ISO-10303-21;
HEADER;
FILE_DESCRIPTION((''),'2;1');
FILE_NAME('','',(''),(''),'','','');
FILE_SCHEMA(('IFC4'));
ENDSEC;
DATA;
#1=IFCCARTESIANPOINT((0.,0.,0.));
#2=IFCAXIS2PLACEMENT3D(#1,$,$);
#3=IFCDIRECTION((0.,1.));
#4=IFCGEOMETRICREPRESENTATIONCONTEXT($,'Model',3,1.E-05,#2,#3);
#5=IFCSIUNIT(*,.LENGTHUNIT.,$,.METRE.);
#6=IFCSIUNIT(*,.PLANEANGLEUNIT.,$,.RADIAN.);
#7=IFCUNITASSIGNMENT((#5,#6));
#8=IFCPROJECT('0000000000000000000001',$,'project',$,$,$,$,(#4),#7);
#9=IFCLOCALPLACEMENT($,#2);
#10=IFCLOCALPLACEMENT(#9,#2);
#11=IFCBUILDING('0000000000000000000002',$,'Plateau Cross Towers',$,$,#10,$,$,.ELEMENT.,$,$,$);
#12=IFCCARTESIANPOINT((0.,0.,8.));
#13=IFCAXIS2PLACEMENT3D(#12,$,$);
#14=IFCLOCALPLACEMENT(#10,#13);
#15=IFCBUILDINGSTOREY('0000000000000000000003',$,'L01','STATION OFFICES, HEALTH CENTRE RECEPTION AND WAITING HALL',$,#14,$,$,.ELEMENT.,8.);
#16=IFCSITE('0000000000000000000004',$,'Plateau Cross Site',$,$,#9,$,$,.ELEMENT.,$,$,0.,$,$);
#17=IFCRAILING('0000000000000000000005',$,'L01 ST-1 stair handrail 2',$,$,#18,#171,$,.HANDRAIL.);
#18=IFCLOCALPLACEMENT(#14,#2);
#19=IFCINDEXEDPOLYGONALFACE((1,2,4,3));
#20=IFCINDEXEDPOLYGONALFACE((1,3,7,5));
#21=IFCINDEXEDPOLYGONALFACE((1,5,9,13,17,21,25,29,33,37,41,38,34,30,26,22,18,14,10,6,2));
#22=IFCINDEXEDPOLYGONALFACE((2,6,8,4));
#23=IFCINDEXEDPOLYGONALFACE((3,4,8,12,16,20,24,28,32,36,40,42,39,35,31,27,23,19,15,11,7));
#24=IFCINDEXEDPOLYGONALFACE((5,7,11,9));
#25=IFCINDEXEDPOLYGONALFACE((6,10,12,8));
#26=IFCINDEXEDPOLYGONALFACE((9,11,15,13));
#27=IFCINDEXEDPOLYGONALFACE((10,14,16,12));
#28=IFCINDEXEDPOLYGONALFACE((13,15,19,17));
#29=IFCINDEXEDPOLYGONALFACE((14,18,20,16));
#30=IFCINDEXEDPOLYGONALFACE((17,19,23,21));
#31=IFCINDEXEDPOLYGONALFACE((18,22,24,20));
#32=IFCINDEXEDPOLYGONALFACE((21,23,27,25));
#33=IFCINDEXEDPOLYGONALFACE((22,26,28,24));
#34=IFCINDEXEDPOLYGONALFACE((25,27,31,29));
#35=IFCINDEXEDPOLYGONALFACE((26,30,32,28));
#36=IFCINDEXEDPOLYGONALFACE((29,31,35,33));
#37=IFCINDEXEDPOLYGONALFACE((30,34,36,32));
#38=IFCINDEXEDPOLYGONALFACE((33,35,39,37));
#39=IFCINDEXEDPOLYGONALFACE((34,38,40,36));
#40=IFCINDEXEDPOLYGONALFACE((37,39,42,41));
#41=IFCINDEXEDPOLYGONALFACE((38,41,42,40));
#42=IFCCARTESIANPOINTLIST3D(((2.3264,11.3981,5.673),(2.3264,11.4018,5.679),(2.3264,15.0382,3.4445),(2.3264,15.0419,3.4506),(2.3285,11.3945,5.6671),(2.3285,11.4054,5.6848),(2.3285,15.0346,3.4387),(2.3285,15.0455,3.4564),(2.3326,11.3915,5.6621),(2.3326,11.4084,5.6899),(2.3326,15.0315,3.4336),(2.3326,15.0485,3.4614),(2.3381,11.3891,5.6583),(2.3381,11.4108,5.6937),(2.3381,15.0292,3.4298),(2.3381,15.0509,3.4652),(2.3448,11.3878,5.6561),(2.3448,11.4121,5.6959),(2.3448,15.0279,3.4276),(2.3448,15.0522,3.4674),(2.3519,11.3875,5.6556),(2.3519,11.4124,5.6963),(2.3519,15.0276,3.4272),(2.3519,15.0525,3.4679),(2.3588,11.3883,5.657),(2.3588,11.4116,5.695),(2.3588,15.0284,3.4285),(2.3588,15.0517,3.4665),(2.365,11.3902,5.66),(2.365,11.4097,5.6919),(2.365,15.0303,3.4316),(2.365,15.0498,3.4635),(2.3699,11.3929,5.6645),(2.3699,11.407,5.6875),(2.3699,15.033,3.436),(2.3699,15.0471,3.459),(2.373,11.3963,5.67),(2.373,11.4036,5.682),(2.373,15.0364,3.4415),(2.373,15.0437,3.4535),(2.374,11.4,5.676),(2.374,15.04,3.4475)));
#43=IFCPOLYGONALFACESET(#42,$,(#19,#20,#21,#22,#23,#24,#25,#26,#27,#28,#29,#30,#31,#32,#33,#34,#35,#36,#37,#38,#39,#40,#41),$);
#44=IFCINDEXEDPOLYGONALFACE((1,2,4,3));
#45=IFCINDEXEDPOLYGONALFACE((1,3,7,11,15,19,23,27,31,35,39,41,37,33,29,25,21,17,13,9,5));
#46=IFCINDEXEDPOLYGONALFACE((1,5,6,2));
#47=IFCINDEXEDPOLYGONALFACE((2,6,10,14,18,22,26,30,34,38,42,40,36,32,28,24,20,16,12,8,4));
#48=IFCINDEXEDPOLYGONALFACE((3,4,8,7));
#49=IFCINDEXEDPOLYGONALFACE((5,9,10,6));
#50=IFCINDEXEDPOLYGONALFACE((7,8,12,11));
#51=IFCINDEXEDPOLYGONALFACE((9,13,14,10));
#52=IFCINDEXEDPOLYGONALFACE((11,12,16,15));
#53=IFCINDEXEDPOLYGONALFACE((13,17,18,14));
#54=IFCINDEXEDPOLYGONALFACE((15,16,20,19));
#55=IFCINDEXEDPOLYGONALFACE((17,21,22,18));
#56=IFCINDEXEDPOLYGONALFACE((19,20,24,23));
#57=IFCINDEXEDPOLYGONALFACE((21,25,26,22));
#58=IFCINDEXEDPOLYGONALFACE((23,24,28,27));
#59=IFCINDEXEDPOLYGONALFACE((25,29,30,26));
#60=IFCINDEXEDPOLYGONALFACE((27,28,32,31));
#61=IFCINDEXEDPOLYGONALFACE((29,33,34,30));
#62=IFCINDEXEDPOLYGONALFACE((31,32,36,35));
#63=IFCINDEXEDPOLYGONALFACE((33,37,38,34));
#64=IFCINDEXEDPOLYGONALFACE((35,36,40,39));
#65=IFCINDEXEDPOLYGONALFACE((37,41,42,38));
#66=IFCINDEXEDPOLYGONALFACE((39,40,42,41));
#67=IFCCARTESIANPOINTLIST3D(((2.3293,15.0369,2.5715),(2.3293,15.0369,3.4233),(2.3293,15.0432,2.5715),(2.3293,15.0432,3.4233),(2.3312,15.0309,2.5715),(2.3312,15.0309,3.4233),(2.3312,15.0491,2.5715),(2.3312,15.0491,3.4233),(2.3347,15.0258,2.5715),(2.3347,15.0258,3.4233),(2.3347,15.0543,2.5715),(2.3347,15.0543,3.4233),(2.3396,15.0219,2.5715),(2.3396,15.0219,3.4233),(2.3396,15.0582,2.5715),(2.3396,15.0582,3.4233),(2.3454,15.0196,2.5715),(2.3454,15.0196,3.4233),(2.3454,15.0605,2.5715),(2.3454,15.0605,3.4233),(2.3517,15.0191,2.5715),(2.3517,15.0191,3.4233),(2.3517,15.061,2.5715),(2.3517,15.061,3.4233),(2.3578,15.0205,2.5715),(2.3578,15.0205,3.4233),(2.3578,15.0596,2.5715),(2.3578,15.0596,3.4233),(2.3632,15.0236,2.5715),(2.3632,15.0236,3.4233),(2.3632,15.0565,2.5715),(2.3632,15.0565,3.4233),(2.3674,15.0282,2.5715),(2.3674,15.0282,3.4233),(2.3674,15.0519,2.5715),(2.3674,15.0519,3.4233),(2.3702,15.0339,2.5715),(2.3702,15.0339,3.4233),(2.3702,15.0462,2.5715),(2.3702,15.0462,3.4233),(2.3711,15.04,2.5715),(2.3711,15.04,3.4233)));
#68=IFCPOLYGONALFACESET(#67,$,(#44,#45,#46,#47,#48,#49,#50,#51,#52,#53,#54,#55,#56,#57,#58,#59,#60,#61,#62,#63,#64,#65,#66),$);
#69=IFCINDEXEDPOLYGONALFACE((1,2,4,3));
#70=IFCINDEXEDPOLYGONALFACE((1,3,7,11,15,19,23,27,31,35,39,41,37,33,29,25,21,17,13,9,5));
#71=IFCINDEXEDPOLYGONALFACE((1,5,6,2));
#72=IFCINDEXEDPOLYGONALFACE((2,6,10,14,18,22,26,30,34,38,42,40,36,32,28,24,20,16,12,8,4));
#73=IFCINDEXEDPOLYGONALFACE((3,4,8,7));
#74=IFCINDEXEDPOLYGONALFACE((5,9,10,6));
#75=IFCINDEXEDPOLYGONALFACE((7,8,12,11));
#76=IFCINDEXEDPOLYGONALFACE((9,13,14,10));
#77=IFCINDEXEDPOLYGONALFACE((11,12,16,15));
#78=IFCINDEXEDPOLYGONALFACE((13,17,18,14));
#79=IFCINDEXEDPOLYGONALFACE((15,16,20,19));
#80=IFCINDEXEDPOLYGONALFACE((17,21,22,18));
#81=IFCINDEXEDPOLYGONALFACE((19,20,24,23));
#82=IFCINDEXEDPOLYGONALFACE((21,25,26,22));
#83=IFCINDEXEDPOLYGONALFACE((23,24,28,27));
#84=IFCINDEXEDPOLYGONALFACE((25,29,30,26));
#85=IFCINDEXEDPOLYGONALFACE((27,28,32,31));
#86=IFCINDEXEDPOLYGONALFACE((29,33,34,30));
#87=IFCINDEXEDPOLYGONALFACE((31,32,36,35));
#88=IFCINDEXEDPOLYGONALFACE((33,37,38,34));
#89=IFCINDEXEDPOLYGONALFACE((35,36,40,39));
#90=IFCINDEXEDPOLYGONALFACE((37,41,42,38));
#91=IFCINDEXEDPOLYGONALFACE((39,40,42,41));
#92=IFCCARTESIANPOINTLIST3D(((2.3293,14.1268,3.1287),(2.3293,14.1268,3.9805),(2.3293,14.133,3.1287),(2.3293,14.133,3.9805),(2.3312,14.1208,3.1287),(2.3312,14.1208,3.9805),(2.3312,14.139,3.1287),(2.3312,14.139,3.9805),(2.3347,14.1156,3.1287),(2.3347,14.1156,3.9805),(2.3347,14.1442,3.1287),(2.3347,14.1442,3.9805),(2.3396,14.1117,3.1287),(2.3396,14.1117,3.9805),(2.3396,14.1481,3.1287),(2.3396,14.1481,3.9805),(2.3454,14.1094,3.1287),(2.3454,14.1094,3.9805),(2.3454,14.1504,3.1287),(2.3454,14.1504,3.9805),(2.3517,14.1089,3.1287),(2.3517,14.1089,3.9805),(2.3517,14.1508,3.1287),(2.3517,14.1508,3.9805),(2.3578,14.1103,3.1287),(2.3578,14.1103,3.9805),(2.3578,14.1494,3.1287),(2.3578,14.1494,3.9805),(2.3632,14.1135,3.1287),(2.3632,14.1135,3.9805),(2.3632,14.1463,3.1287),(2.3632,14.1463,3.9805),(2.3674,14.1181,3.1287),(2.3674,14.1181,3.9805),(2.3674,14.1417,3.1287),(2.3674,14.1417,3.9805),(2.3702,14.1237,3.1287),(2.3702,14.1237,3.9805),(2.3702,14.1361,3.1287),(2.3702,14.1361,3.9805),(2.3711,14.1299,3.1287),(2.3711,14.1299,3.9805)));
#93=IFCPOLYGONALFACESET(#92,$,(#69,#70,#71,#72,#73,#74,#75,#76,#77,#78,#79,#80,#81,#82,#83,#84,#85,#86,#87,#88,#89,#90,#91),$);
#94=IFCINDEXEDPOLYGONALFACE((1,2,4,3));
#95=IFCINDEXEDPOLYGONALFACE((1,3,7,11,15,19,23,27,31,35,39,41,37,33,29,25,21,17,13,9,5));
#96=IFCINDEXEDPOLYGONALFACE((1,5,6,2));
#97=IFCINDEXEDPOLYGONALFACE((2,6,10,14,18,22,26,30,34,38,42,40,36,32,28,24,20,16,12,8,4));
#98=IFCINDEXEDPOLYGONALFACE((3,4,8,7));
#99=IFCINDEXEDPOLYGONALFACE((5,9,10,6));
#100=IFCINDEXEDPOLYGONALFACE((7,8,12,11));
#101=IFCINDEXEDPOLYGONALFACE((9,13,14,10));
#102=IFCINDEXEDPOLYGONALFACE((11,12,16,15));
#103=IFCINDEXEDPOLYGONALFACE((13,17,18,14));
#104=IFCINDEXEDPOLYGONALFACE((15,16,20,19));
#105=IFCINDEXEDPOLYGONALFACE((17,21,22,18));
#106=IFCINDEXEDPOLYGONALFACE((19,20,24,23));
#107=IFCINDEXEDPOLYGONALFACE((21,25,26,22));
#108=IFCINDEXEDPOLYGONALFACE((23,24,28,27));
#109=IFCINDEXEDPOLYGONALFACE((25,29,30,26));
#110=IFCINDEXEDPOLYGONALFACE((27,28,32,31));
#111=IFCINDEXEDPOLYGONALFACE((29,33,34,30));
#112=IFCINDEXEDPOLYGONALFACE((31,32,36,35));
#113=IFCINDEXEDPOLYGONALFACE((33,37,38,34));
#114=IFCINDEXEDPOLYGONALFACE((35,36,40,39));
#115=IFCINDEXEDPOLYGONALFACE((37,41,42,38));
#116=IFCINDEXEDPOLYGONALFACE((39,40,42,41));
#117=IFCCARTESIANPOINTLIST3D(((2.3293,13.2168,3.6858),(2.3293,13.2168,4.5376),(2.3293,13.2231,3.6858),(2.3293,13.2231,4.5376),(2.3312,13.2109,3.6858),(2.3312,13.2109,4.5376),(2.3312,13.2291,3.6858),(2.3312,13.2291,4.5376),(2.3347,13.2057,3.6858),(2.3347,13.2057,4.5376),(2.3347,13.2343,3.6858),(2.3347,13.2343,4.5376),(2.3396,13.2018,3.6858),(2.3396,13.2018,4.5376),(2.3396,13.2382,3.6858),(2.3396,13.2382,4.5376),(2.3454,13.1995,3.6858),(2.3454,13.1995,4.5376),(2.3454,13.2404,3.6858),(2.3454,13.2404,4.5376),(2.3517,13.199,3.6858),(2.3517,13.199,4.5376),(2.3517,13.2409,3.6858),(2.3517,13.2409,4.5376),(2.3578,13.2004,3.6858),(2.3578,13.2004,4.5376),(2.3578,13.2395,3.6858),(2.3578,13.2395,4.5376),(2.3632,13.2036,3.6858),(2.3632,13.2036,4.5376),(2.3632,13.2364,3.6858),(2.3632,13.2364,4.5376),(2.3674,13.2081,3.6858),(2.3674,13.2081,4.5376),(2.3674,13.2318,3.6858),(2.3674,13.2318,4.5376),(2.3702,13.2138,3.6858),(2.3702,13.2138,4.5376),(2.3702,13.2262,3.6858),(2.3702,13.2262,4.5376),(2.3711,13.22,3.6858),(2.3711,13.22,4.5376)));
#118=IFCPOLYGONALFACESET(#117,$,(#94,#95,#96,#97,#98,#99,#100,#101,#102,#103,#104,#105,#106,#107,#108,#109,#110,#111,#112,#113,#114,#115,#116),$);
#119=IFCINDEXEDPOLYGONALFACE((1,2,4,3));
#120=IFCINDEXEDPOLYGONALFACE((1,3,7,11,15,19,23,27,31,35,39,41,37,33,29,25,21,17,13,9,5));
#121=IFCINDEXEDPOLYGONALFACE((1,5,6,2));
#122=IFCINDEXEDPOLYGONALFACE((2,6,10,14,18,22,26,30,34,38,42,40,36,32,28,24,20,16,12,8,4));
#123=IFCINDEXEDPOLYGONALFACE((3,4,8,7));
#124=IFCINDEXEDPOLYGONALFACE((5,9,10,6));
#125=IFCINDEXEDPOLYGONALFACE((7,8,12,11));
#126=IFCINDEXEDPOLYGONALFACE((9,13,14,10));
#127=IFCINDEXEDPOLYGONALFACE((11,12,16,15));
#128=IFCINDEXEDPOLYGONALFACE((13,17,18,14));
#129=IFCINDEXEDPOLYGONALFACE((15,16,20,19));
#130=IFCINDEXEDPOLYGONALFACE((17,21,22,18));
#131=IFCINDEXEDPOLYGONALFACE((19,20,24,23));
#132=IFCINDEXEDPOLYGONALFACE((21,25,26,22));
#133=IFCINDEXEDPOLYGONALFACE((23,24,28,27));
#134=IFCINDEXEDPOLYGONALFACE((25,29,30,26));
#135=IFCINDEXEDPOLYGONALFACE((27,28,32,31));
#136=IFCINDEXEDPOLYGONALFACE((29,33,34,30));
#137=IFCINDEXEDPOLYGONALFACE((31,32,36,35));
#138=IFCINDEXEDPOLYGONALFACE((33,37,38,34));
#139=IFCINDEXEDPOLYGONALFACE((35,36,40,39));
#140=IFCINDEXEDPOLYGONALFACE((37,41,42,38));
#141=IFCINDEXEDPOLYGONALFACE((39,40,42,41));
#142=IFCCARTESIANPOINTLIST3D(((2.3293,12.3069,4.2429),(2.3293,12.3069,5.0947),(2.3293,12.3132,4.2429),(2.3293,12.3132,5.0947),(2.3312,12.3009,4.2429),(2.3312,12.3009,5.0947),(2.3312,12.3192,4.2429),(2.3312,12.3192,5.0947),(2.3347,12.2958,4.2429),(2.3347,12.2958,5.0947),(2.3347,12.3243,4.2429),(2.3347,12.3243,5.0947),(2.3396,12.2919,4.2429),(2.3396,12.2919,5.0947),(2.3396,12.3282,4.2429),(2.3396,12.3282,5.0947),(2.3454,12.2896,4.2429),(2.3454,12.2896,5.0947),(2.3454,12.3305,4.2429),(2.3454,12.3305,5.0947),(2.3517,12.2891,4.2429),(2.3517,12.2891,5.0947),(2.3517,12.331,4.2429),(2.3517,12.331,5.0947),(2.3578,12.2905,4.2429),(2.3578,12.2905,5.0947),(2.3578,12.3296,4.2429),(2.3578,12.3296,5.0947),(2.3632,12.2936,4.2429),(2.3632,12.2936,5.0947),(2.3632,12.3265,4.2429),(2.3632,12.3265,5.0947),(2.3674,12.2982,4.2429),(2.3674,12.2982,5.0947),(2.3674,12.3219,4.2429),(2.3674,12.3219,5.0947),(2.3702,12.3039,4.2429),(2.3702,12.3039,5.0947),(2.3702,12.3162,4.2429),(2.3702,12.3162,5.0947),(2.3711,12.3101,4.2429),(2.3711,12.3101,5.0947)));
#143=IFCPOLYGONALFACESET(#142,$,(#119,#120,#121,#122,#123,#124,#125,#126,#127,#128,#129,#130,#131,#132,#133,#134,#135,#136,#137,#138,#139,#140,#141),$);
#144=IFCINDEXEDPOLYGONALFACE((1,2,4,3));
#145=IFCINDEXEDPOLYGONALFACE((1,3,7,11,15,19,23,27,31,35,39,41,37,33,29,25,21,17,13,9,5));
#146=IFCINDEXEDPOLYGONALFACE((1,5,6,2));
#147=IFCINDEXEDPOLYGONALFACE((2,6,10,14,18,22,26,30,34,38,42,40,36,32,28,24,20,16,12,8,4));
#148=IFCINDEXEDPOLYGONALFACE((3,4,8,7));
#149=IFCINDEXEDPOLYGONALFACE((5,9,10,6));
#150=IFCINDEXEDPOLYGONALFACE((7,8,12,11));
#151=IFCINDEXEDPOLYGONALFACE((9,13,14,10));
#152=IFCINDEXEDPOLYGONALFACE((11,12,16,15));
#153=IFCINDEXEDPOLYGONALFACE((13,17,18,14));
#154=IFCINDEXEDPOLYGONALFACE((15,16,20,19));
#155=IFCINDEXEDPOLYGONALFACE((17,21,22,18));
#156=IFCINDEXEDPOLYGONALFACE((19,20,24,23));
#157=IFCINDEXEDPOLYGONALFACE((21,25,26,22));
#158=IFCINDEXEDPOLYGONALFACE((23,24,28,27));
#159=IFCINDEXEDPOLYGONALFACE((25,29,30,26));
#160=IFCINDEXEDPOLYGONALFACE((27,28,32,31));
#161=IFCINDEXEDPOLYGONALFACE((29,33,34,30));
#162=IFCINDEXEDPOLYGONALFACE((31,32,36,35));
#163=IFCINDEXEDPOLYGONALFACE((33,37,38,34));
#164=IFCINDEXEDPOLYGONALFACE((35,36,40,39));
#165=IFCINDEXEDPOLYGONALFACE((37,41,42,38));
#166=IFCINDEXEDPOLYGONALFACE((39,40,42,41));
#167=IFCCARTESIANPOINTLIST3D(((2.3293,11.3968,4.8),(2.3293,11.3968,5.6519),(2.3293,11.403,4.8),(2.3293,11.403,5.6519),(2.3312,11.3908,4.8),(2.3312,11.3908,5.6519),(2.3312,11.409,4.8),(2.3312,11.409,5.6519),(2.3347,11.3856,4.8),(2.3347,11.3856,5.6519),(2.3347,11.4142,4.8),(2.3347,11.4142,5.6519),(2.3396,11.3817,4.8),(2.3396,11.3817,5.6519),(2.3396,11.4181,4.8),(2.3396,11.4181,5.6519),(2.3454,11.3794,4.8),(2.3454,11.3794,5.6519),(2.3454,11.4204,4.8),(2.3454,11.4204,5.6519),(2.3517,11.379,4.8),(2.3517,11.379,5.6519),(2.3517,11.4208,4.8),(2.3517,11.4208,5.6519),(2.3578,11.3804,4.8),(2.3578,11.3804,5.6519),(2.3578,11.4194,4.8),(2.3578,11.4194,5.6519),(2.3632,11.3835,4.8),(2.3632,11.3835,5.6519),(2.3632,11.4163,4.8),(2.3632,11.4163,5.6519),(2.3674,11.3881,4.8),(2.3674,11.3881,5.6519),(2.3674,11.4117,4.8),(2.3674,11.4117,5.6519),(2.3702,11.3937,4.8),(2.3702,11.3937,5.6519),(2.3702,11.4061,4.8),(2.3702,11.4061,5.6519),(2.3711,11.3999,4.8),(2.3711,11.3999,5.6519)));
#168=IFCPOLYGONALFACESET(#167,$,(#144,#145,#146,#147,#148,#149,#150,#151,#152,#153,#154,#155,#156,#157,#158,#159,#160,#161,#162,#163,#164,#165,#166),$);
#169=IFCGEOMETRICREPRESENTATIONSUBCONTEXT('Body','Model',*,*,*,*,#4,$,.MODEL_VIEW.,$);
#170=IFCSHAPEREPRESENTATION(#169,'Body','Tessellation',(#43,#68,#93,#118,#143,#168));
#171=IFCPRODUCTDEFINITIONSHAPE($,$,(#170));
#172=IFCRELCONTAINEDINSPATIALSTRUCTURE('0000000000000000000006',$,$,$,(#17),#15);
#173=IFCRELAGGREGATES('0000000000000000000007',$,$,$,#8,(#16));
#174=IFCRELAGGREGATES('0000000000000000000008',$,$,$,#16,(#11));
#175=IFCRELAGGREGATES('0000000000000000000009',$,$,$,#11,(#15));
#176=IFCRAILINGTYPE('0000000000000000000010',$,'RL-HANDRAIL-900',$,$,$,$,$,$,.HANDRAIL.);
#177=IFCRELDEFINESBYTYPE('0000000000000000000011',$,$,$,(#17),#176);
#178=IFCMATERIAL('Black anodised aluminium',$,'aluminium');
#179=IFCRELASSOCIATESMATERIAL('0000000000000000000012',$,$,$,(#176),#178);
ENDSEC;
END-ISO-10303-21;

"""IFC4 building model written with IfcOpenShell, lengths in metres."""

from ifc_helpers import new_model, si_unit, direction, frame, origin, origin_2d, place, context, subcontext, project, spatial, circle, extrude, material, type_object, element, save


model = new_model("IFC4")

# Units and contexts
model_context = context("Model", 3, precision=1e-05, world=origin(), true_north=direction((0.0, 1.0)))
body_context = subcontext(model_context, "Body", "Model", "MODEL_VIEW")
ifc_project = project(units=[si_unit("LENGTHUNIT", "METRE"), si_unit("PLANEANGLEUNIT", "RADIAN")], contexts=[model_context])

# Site, building, storey
site_placement = place(None, origin())
site = spatial("IfcSite", under=ifc_project, at=site_placement, Name="Plateau Cross Site", CompositionType="ELEMENT", RefElevation=0.0)
building_placement = place(site_placement, origin())
building = spatial("IfcBuilding", under=site, at=building_placement, Name="Plateau Cross Towers", CompositionType="ELEMENT")
storey_placement = place(building_placement, frame((0.0, 0.0, 8.0)))
storey = spatial("IfcBuildingStorey", under=building, at=storey_placement, Name="L01", Description="STATION OFFICES, HEALTH CENTRE RECEPTION AND WAITING HALL", CompositionType="ELEMENT", Elevation=8.0)

# Shared definitions
ifc_material_1 = material(Name="Black anodised aluminium", Category="aluminium")

# Railing
railing_type_1 = type_object("IfcRailingType", Name="RL-HANDRAIL-900", PredefinedType="HANDRAIL", material=ifc_material_1)
railing_1_placement = place(storey_placement, frame((2.3501, 15.04, 2.5715)))
element("IfcRailing", 1, at=railing_1_placement, inside=storey, type_object=railing_type_1, Name="L01 ST-1 stair handrail 2", PredefinedType="HANDRAIL", context=body_context, shape_type="SweptSolid", body=[
    extrude(circle(Radius=0.0239, at=origin_2d()), frame((0.0, 0.0, 0.876), z_axis=(0.0, -0.852866, 0.52213), x_axis=(1.0, 0.0, 0.0)), (0.0, 0.0, 1.0), 4.2681),
    extrude(circle(Radius=0.021, at=origin_2d()), origin(), (0.0, 0.0, 1.0), 0.8518),
    extrude(circle(Radius=0.021, at=origin_2d()), frame((0.0, -0.9102, 0.5571)), (0.0, 0.0, 1.0), 0.8518),
    extrude(circle(Radius=0.021, at=origin_2d()), frame((0.0, -1.8201, 1.1143)), (0.0, 0.0, 1.0), 0.8518),
    extrude(circle(Radius=0.021, at=origin_2d()), frame((0.0, -2.73, 1.6714)), (0.0, 0.0, 1.0), 0.8518),
    extrude(circle(Radius=0.021, at=origin_2d()), frame((0.0, -3.6401, 2.2285)), (0.0, 0.0, 1.0), 0.8518),
])

save(model, "model.ifc")
